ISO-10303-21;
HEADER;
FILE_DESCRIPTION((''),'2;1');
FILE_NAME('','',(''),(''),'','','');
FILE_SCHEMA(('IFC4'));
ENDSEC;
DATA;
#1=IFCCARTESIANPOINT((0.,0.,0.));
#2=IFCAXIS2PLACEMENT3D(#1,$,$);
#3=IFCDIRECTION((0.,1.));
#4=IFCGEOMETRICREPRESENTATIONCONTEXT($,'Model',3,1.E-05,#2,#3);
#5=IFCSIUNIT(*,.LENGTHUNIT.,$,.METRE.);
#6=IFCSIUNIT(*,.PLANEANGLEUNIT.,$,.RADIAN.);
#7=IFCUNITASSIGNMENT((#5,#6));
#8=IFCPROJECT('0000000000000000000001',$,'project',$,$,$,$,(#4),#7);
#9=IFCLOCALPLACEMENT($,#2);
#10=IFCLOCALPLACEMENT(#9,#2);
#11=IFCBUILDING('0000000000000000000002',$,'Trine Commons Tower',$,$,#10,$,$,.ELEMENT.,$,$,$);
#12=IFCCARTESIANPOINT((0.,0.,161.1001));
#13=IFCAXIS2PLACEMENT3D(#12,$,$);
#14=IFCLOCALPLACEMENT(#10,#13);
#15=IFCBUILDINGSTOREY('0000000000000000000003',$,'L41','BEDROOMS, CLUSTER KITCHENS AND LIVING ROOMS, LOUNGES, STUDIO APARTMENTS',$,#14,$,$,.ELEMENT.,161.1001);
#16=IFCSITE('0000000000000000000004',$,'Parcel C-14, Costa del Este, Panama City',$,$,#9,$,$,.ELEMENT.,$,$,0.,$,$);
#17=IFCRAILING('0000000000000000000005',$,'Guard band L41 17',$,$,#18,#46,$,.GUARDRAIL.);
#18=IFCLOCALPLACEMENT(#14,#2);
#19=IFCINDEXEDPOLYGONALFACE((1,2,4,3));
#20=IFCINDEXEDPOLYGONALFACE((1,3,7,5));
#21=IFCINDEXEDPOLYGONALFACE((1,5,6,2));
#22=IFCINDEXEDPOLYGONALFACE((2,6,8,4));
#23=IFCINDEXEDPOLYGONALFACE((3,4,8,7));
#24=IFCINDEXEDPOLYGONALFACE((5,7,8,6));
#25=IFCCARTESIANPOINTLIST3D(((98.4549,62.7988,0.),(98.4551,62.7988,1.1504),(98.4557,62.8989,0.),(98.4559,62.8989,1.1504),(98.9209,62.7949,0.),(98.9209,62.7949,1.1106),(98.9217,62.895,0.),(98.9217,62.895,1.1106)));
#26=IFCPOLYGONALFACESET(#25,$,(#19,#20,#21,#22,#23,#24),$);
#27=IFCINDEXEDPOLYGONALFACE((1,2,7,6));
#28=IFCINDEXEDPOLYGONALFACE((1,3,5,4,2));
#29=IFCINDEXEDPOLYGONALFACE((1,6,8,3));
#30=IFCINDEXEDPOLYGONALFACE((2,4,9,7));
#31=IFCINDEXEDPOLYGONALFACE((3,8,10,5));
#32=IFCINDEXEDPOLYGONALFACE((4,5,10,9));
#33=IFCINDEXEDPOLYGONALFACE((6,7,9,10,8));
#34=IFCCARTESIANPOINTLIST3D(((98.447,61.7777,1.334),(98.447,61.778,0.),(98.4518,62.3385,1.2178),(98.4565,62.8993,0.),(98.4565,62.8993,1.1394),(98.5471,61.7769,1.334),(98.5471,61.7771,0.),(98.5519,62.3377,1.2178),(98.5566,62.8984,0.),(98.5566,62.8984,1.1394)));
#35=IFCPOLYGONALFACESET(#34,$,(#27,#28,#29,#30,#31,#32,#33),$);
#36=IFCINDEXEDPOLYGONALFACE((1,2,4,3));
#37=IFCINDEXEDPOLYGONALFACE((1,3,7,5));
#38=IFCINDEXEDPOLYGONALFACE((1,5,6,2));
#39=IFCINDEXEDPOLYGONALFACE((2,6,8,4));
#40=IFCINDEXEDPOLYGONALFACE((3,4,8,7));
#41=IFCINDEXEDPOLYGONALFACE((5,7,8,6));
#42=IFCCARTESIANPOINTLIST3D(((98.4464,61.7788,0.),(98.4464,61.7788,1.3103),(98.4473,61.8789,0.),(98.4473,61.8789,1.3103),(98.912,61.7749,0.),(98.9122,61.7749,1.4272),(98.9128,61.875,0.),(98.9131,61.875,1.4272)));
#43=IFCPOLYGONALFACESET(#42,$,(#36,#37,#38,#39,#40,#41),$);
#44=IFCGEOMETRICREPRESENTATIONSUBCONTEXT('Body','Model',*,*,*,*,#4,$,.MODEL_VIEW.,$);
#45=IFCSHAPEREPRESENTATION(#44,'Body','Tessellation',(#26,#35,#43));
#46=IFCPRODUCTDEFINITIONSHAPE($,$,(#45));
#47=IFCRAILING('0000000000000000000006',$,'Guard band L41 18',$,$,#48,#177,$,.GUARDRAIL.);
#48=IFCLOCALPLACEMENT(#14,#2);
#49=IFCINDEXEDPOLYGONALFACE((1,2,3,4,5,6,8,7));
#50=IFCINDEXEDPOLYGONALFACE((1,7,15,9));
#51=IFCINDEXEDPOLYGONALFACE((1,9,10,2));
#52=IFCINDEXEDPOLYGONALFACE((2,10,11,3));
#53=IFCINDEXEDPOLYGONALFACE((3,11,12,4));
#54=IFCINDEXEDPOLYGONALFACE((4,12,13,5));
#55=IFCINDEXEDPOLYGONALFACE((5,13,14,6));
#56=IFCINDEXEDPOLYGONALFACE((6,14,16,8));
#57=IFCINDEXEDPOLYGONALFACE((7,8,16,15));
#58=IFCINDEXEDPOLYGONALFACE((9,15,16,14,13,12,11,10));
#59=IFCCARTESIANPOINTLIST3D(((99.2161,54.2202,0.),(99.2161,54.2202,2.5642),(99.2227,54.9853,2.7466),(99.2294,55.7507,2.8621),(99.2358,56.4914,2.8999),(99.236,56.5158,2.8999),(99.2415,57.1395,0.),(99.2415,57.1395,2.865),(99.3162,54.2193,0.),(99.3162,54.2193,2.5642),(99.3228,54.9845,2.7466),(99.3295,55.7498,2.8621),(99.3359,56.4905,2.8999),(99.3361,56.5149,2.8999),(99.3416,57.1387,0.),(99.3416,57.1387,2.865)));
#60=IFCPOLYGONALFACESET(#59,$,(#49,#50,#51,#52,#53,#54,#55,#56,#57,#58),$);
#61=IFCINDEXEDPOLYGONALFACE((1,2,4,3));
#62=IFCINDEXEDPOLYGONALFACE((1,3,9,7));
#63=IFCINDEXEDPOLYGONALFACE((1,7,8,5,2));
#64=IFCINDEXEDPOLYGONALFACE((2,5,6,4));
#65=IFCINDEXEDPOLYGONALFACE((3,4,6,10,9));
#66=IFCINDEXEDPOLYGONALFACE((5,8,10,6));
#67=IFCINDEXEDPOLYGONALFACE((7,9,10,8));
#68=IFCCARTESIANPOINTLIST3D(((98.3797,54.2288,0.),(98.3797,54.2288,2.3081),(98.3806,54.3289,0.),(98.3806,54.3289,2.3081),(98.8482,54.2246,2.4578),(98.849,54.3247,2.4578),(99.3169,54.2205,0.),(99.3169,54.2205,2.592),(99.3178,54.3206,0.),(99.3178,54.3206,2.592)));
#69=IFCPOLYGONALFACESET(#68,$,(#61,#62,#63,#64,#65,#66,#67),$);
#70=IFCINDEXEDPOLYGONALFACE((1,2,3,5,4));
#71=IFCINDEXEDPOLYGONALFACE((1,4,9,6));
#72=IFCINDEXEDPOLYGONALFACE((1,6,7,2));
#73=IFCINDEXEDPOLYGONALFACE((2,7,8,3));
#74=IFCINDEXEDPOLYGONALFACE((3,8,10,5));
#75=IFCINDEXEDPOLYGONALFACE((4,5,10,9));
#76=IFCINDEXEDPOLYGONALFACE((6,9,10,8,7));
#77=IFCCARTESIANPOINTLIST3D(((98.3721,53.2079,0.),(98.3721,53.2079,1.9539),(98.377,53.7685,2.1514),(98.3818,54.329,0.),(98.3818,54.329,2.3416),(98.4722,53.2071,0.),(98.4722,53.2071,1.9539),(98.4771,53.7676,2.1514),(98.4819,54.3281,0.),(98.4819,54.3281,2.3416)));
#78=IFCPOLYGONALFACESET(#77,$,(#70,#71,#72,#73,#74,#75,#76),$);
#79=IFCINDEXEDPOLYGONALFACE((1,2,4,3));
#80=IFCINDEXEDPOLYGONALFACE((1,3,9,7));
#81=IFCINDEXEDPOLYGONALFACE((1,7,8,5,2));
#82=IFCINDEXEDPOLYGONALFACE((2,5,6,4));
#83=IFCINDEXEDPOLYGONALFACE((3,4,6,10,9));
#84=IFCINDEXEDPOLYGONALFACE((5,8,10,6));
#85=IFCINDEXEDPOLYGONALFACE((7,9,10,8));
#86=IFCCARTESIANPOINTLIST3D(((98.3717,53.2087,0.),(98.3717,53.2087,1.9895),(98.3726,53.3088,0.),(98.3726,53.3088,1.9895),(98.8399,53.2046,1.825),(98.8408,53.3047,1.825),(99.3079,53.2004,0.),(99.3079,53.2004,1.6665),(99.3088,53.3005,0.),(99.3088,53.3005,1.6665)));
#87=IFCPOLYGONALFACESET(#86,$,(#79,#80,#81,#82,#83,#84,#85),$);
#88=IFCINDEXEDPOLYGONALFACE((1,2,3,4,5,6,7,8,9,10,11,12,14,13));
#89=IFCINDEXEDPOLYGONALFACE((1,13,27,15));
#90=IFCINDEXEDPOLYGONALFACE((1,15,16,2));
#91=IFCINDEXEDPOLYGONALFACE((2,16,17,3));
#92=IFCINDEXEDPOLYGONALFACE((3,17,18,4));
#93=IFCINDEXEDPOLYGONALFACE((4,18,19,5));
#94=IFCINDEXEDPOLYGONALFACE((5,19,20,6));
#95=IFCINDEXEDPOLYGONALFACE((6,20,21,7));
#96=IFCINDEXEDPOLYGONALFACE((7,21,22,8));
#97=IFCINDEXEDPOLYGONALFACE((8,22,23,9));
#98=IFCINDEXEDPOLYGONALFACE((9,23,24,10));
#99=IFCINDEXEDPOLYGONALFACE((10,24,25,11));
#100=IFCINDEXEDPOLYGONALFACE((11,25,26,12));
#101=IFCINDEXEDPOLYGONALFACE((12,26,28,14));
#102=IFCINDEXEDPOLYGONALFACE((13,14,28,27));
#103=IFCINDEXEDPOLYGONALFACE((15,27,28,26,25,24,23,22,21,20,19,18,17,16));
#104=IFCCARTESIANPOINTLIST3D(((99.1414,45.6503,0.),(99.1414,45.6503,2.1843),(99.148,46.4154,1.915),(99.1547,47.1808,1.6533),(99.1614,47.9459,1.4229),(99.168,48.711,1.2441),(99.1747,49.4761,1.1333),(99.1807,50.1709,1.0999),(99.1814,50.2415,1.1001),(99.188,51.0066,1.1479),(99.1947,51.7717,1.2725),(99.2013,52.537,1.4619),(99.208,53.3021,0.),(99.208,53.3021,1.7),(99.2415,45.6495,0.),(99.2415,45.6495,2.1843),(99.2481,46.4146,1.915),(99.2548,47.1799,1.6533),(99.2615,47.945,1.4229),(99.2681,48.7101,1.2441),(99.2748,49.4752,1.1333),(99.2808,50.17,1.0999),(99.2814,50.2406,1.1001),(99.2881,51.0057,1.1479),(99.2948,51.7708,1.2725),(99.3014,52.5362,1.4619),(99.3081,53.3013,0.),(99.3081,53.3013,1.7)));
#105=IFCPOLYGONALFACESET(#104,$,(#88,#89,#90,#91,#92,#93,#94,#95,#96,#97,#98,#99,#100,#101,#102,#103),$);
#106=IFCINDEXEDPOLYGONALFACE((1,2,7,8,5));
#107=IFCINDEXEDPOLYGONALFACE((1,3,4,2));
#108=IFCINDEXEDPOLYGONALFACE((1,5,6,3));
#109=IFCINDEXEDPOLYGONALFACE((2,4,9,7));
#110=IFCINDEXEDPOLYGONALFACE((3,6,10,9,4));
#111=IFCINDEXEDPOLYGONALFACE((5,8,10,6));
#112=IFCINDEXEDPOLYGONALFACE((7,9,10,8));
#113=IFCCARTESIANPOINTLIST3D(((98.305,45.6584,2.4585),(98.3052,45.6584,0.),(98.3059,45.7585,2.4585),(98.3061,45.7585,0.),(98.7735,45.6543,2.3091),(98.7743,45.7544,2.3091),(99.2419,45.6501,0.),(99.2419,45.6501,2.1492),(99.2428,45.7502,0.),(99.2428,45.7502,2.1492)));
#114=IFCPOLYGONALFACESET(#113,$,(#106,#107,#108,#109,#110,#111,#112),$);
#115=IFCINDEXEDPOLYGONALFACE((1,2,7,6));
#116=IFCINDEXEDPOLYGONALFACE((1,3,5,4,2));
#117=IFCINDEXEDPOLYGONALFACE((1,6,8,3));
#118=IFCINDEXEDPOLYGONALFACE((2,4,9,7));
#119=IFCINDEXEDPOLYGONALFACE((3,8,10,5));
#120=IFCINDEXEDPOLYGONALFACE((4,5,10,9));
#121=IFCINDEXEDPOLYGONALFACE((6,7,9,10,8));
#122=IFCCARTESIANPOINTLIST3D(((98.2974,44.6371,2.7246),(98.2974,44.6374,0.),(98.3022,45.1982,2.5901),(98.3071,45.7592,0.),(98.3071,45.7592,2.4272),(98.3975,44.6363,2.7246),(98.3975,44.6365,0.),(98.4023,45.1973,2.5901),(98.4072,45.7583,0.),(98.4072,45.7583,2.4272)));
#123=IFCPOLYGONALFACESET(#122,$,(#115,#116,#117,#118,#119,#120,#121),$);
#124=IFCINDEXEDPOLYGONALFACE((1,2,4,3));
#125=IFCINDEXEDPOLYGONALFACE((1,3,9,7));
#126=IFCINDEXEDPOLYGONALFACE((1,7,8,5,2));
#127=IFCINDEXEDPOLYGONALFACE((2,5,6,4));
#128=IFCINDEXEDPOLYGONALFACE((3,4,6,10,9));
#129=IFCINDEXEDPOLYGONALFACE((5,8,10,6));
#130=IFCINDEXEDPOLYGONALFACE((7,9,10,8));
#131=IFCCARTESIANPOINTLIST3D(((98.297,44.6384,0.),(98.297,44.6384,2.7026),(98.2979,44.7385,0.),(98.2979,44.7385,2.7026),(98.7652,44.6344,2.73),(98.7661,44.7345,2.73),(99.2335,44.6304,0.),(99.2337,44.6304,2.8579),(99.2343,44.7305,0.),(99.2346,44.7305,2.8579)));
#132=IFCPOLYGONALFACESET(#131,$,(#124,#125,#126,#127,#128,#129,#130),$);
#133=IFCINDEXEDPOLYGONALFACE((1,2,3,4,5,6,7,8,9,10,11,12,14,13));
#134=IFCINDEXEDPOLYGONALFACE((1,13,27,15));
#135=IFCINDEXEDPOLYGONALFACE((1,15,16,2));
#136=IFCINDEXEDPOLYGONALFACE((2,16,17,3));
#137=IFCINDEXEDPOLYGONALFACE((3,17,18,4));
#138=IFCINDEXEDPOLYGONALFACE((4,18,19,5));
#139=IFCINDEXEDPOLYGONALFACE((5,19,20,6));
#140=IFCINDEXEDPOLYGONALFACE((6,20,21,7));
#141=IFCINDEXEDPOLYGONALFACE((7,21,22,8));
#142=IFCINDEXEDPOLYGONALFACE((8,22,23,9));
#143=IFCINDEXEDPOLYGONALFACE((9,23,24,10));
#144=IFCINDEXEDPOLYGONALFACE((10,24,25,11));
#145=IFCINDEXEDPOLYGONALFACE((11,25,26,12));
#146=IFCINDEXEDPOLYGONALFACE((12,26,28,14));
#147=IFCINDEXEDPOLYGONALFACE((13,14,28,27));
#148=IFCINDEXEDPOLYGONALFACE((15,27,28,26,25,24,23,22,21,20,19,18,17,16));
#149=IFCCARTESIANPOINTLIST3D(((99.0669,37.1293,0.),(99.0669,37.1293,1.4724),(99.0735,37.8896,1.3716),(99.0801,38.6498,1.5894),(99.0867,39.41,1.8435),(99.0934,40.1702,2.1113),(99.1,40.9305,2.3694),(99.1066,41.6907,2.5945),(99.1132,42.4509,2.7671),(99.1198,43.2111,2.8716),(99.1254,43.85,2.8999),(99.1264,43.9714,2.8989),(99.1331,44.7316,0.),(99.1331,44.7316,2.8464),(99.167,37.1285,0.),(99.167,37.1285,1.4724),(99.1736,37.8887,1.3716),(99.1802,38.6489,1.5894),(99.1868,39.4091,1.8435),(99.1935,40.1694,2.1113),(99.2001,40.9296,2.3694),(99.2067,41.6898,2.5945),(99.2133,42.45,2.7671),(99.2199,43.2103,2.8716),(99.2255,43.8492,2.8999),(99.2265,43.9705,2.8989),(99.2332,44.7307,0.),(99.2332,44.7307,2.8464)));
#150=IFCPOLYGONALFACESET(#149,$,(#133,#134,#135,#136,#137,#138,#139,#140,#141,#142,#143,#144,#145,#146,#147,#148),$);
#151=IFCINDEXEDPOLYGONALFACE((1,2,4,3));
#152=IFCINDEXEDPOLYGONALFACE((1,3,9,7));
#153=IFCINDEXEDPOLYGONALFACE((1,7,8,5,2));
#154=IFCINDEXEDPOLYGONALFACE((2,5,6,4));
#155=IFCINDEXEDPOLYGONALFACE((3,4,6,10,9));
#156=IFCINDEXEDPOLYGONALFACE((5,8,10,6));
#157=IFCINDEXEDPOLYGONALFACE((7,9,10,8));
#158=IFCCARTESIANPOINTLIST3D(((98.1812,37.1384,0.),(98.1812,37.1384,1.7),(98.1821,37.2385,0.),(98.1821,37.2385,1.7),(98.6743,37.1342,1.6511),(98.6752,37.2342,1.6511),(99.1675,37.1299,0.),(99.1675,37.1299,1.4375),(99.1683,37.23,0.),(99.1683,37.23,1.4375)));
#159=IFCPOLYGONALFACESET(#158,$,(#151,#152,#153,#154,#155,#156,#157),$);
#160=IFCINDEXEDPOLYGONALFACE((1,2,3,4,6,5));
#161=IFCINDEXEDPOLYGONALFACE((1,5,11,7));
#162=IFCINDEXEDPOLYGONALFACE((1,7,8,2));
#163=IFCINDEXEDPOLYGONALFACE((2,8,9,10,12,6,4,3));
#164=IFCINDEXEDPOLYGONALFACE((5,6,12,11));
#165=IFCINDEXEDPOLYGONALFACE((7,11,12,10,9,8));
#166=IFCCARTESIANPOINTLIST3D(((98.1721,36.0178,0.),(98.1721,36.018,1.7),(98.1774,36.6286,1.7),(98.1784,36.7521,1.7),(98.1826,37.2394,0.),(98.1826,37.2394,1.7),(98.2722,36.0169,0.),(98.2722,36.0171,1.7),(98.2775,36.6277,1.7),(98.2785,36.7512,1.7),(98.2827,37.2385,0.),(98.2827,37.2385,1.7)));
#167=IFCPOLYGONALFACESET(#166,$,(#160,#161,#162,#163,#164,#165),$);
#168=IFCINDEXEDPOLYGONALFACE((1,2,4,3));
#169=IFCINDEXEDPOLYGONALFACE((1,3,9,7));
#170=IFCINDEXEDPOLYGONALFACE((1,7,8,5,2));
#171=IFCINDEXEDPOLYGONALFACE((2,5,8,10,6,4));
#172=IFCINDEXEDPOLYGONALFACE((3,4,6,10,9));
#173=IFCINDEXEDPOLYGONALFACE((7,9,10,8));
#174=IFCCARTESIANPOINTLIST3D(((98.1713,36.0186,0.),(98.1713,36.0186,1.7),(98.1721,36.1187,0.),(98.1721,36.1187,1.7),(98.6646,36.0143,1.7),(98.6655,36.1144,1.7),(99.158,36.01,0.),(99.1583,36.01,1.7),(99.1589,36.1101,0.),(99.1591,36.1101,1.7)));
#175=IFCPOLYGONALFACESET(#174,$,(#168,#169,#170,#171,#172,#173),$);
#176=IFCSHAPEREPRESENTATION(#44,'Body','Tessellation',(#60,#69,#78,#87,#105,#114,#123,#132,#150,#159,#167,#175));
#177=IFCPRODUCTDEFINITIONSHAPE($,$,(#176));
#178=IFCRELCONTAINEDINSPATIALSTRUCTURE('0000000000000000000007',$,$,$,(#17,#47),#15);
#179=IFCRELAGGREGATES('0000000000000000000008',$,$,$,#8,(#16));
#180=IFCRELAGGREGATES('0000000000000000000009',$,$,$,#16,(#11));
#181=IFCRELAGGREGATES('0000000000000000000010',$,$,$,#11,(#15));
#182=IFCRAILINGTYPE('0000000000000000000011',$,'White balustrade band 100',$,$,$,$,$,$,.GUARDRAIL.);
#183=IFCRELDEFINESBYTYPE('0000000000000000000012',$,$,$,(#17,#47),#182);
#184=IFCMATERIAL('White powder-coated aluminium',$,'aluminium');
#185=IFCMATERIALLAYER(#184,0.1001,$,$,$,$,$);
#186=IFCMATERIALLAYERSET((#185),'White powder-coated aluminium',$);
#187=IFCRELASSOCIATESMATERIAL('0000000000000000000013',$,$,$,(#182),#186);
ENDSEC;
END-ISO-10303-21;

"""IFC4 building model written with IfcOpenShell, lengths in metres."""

from ifc_helpers import new_model, si_unit, direction, frame, origin, place, context, subcontext, project, spatial, polyline, outline, extrude, material, layer, layer_set, type_object, element, save


model = new_model("IFC4")

# Units and contexts
model_context = context("Model", 3, precision=1e-05, world=origin(), true_north=direction((0.0, 1.0)))
body_context = subcontext(model_context, "Body", "Model", "MODEL_VIEW")
ifc_project = project(units=[si_unit("LENGTHUNIT", "METRE"), si_unit("PLANEANGLEUNIT", "RADIAN")], contexts=[model_context])

# Site, building, storey
site_placement = place(None, origin())
site = spatial("IfcSite", under=ifc_project, at=site_placement, Name="Parcel C-14, Costa del Este, Panama City", CompositionType="ELEMENT", RefElevation=0.0)
building_placement = place(site_placement, origin())
building = spatial("IfcBuilding", under=site, at=building_placement, Name="Trine Commons Tower", CompositionType="ELEMENT")
storey_placement = place(building_placement, frame((0.0, 0.0, 161.1001)))
storey = spatial("IfcBuildingStorey", under=building, at=storey_placement, Name="L41", Description="BEDROOMS, CLUSTER KITCHENS AND LIVING ROOMS, LOUNGES, STUDIO APARTMENTS", CompositionType="ELEMENT", Elevation=161.1001)

# Railings
ifc_material_1 = material(Name="White powder-coated aluminium", Category="aluminium")
ifc_layer_1 = layer(ifc_material_1, 0.1001)
ifc_layer_set_1 = layer_set([ifc_layer_1], Name="White powder-coated aluminium")
railing_type = type_object("IfcRailingType", Name="White balustrade band 100", PredefinedType="GUARDRAIL", material=ifc_layer_set_1)
railing_1_placement = place(storey_placement, origin())
element("IfcRailing", 1, at=railing_1_placement, inside=storey, type_object=railing_type, Name="Guard band L41 17", PredefinedType="GUARDRAIL", context=body_context, shape_type="SweptSolid", body=[
    extrude(outline(polyline([(0.0, 0.0), (0.4661, 0.0), (0.4658, 1.1504), (0.0, 1.1106), (0.0, 0.0)])), frame((98.9209, 62.7949, 0.0), z_axis=(0.008381, 0.999965, 0.0), x_axis=(-0.999965, 0.008381, 0.0)), (0.0, 0.0, 1.0), 0.1001),
    extrude(outline(polyline([(0.0, 0.0), (1.1213, 0.0), (1.1216, 1.334), (0.5608, 1.2178), (0.0, 1.1394), (0.0, 0.0)])), frame((98.5566, 62.8984, 0.0), z_axis=(-0.999964, 0.008491, 0.0), x_axis=(-0.008491, -0.999964, 0.0)), (0.0, 0.0, 1.0), 0.1001),
    extrude(outline(polyline([(0.0, 0.0), (0.4656, 0.0), (0.4658, 1.4272), (0.0, 1.3103), (0.0, 0.0)])), frame((98.4473, 61.8789, 0.0), z_axis=(-0.00839, -0.999965, 0.0), x_axis=(0.999965, -0.00839, 0.0)), (0.0, 0.0, 1.0), 0.1001),
])
railing_2_placement = place(storey_placement, origin())
element("IfcRailing", 2, at=railing_2_placement, inside=storey, type_object=railing_type, Name="Guard band L41 18", PredefinedType="GUARDRAIL", context=body_context, shape_type="SweptSolid", body=[
    extrude(outline(polyline([(0.0, 0.0), (2.9194, 0.0), (2.9194, 2.5642), (2.1543, 2.7466), (1.3889, 2.8621), (0.6482, 2.8999), (0.6238, 2.8999), (0.0, 2.865), (0.0, 0.0)])), frame((99.3416, 57.1387, 0.0), z_axis=(-0.999962, 0.008697, 0.0), x_axis=(-0.008697, -0.999962, 0.0)), (0.0, 0.0, 1.0), 0.1001),
    extrude(outline(polyline([(0.0, 0.0), (0.9373, 0.0), (0.9373, 2.3081), (0.4688, 2.4578), (0.0, 2.592), (0.0, 0.0)])), frame((99.3169, 54.2205, 0.0), z_axis=(0.008856, 0.999961, 0.0), x_axis=(-0.999961, 0.008856, 0.0)), (0.0, 0.0, 1.0), 0.1001),
    extrude(outline(polyline([(0.0, 0.0), (1.1211, 0.0), (1.1211, 1.9539), (0.5605, 2.1514), (0.0, 2.3416), (0.0, 0.0)])), frame((98.4819, 54.3281, 0.0), z_axis=(-0.999962, 0.00871, 0.0), x_axis=(-0.00871, -0.999962, 0.0)), (0.0, 0.0, 1.0), 0.1001),
    extrude(outline(polyline([(0.0, 0.0), (0.9363, 0.0), (0.9363, 1.6665), (0.4683, 1.825), (0.0, 1.9895), (0.0, 0.0)])), frame((98.3726, 53.3088, 0.0), z_axis=(-0.008865, -0.999961, 0.0), x_axis=(0.999961, -0.008865, 0.0)), (0.0, 0.0, 1.0), 0.1001),
    extrude(outline(polyline([(0.0, 0.0), (7.6521, 0.0), (7.6521, 2.1843), (6.887, 1.915), (6.1216, 1.6533), (5.3564, 1.4229), (4.5913, 1.2441), (3.8262, 1.1333), (3.1313, 1.0999), (3.0608, 1.1001), (2.2957, 1.1479), (1.5305, 1.2725), (0.7651, 1.4619), (0.0, 1.7), (0.0, 0.0)])), frame((99.3081, 53.3013, 0.0), z_axis=(-0.999962, 0.00871, 0.0), x_axis=(-0.00871, -0.999962, 0.0)), (0.0, 0.0, 1.0), 0.1001),
    extrude(outline(polyline([(0.0, 0.0), (0.9368, 0.0), (0.937, 2.4585), (0.4685, 2.3091), (0.0, 2.1492), (0.0, 0.0)])), frame((99.2419, 45.6501, 0.0), z_axis=(0.008861, 0.999961, 0.0), x_axis=(-0.999961, 0.008861, 0.0)), (0.0, 0.0, 1.0), 0.1001),
    extrude(outline(polyline([(0.0, 0.0), (1.1218, 0.0), (1.1221, 2.7246), (0.561, 2.5901), (0.0, 2.4272), (0.0, 0.0)])), frame((98.4072, 45.7583, 0.0), z_axis=(-0.999962, 0.008705, 0.0), x_axis=(-0.008705, -0.999962, 0.0)), (0.0, 0.0, 1.0), 0.1001),
    extrude(outline(polyline([(0.0, 0.0), (0.9365, 0.0), (0.9368, 2.8579), (0.4683, 2.73), (0.0, 2.7026), (0.0, 0.0)])), frame((98.2979, 44.7385, 0.0), z_axis=(-0.008602, -0.999963, 0.0), x_axis=(0.999963, -0.008602, 0.0)), (0.0, 0.0, 1.0), 0.1001),
    extrude(outline(polyline([(0.0, 0.0), (7.6025, 0.0), (7.6025, 1.4724), (6.8423, 1.3716), (6.082, 1.5894), (5.3218, 1.8435), (4.5615, 2.1113), (3.8013, 2.3694), (3.041, 2.5945), (2.2808, 2.7671), (1.5205, 2.8716), (0.8816, 2.8999), (0.7603, 2.8989), (0.0, 2.8464), (0.0, 0.0)])), frame((99.2332, 44.7307, 0.0), z_axis=(-0.999962, 0.008703, 0.0), x_axis=(-0.008703, -0.999962, 0.0)), (0.0, 0.0, 1.0), 0.1001),
    extrude(outline(polyline([(0.0, 0.0), (0.9863, 0.0), (0.9863, 1.7), (0.4932, 1.6511), (0.0, 1.4375), (0.0, 0.0)])), frame((99.1675, 37.1299, 0.0), z_axis=(0.008663, 0.999962, 0.0), x_axis=(-0.999962, 0.008663, 0.0)), (0.0, 0.0, 1.0), 0.1001),
    extrude(outline(polyline([(0.0, 0.0), (1.2217, 0.0), (1.2214, 1.7), (0.6108, 1.7), (0.4873, 1.7), (0.0, 1.7), (0.0, 0.0)])), frame((98.2827, 37.2385, 0.0), z_axis=(-0.999963, 0.008593, 0.0), x_axis=(-0.008593, -0.999963, 0.0)), (0.0, 0.0, 1.0), 0.1001),
    extrude(outline(polyline([(0.0, 0.0), (0.9868, 0.0), (0.9871, 1.7), (0.4934, 1.7), (0.0, 1.7), (0.0, 0.0)])), frame((98.1721, 36.1187, 0.0), z_axis=(-0.008659, -0.999963, 0.0), x_axis=(0.999963, -0.008659, 0.0)), (0.0, 0.0, 1.0), 0.1001),
])

save(model, "model.ifc")
